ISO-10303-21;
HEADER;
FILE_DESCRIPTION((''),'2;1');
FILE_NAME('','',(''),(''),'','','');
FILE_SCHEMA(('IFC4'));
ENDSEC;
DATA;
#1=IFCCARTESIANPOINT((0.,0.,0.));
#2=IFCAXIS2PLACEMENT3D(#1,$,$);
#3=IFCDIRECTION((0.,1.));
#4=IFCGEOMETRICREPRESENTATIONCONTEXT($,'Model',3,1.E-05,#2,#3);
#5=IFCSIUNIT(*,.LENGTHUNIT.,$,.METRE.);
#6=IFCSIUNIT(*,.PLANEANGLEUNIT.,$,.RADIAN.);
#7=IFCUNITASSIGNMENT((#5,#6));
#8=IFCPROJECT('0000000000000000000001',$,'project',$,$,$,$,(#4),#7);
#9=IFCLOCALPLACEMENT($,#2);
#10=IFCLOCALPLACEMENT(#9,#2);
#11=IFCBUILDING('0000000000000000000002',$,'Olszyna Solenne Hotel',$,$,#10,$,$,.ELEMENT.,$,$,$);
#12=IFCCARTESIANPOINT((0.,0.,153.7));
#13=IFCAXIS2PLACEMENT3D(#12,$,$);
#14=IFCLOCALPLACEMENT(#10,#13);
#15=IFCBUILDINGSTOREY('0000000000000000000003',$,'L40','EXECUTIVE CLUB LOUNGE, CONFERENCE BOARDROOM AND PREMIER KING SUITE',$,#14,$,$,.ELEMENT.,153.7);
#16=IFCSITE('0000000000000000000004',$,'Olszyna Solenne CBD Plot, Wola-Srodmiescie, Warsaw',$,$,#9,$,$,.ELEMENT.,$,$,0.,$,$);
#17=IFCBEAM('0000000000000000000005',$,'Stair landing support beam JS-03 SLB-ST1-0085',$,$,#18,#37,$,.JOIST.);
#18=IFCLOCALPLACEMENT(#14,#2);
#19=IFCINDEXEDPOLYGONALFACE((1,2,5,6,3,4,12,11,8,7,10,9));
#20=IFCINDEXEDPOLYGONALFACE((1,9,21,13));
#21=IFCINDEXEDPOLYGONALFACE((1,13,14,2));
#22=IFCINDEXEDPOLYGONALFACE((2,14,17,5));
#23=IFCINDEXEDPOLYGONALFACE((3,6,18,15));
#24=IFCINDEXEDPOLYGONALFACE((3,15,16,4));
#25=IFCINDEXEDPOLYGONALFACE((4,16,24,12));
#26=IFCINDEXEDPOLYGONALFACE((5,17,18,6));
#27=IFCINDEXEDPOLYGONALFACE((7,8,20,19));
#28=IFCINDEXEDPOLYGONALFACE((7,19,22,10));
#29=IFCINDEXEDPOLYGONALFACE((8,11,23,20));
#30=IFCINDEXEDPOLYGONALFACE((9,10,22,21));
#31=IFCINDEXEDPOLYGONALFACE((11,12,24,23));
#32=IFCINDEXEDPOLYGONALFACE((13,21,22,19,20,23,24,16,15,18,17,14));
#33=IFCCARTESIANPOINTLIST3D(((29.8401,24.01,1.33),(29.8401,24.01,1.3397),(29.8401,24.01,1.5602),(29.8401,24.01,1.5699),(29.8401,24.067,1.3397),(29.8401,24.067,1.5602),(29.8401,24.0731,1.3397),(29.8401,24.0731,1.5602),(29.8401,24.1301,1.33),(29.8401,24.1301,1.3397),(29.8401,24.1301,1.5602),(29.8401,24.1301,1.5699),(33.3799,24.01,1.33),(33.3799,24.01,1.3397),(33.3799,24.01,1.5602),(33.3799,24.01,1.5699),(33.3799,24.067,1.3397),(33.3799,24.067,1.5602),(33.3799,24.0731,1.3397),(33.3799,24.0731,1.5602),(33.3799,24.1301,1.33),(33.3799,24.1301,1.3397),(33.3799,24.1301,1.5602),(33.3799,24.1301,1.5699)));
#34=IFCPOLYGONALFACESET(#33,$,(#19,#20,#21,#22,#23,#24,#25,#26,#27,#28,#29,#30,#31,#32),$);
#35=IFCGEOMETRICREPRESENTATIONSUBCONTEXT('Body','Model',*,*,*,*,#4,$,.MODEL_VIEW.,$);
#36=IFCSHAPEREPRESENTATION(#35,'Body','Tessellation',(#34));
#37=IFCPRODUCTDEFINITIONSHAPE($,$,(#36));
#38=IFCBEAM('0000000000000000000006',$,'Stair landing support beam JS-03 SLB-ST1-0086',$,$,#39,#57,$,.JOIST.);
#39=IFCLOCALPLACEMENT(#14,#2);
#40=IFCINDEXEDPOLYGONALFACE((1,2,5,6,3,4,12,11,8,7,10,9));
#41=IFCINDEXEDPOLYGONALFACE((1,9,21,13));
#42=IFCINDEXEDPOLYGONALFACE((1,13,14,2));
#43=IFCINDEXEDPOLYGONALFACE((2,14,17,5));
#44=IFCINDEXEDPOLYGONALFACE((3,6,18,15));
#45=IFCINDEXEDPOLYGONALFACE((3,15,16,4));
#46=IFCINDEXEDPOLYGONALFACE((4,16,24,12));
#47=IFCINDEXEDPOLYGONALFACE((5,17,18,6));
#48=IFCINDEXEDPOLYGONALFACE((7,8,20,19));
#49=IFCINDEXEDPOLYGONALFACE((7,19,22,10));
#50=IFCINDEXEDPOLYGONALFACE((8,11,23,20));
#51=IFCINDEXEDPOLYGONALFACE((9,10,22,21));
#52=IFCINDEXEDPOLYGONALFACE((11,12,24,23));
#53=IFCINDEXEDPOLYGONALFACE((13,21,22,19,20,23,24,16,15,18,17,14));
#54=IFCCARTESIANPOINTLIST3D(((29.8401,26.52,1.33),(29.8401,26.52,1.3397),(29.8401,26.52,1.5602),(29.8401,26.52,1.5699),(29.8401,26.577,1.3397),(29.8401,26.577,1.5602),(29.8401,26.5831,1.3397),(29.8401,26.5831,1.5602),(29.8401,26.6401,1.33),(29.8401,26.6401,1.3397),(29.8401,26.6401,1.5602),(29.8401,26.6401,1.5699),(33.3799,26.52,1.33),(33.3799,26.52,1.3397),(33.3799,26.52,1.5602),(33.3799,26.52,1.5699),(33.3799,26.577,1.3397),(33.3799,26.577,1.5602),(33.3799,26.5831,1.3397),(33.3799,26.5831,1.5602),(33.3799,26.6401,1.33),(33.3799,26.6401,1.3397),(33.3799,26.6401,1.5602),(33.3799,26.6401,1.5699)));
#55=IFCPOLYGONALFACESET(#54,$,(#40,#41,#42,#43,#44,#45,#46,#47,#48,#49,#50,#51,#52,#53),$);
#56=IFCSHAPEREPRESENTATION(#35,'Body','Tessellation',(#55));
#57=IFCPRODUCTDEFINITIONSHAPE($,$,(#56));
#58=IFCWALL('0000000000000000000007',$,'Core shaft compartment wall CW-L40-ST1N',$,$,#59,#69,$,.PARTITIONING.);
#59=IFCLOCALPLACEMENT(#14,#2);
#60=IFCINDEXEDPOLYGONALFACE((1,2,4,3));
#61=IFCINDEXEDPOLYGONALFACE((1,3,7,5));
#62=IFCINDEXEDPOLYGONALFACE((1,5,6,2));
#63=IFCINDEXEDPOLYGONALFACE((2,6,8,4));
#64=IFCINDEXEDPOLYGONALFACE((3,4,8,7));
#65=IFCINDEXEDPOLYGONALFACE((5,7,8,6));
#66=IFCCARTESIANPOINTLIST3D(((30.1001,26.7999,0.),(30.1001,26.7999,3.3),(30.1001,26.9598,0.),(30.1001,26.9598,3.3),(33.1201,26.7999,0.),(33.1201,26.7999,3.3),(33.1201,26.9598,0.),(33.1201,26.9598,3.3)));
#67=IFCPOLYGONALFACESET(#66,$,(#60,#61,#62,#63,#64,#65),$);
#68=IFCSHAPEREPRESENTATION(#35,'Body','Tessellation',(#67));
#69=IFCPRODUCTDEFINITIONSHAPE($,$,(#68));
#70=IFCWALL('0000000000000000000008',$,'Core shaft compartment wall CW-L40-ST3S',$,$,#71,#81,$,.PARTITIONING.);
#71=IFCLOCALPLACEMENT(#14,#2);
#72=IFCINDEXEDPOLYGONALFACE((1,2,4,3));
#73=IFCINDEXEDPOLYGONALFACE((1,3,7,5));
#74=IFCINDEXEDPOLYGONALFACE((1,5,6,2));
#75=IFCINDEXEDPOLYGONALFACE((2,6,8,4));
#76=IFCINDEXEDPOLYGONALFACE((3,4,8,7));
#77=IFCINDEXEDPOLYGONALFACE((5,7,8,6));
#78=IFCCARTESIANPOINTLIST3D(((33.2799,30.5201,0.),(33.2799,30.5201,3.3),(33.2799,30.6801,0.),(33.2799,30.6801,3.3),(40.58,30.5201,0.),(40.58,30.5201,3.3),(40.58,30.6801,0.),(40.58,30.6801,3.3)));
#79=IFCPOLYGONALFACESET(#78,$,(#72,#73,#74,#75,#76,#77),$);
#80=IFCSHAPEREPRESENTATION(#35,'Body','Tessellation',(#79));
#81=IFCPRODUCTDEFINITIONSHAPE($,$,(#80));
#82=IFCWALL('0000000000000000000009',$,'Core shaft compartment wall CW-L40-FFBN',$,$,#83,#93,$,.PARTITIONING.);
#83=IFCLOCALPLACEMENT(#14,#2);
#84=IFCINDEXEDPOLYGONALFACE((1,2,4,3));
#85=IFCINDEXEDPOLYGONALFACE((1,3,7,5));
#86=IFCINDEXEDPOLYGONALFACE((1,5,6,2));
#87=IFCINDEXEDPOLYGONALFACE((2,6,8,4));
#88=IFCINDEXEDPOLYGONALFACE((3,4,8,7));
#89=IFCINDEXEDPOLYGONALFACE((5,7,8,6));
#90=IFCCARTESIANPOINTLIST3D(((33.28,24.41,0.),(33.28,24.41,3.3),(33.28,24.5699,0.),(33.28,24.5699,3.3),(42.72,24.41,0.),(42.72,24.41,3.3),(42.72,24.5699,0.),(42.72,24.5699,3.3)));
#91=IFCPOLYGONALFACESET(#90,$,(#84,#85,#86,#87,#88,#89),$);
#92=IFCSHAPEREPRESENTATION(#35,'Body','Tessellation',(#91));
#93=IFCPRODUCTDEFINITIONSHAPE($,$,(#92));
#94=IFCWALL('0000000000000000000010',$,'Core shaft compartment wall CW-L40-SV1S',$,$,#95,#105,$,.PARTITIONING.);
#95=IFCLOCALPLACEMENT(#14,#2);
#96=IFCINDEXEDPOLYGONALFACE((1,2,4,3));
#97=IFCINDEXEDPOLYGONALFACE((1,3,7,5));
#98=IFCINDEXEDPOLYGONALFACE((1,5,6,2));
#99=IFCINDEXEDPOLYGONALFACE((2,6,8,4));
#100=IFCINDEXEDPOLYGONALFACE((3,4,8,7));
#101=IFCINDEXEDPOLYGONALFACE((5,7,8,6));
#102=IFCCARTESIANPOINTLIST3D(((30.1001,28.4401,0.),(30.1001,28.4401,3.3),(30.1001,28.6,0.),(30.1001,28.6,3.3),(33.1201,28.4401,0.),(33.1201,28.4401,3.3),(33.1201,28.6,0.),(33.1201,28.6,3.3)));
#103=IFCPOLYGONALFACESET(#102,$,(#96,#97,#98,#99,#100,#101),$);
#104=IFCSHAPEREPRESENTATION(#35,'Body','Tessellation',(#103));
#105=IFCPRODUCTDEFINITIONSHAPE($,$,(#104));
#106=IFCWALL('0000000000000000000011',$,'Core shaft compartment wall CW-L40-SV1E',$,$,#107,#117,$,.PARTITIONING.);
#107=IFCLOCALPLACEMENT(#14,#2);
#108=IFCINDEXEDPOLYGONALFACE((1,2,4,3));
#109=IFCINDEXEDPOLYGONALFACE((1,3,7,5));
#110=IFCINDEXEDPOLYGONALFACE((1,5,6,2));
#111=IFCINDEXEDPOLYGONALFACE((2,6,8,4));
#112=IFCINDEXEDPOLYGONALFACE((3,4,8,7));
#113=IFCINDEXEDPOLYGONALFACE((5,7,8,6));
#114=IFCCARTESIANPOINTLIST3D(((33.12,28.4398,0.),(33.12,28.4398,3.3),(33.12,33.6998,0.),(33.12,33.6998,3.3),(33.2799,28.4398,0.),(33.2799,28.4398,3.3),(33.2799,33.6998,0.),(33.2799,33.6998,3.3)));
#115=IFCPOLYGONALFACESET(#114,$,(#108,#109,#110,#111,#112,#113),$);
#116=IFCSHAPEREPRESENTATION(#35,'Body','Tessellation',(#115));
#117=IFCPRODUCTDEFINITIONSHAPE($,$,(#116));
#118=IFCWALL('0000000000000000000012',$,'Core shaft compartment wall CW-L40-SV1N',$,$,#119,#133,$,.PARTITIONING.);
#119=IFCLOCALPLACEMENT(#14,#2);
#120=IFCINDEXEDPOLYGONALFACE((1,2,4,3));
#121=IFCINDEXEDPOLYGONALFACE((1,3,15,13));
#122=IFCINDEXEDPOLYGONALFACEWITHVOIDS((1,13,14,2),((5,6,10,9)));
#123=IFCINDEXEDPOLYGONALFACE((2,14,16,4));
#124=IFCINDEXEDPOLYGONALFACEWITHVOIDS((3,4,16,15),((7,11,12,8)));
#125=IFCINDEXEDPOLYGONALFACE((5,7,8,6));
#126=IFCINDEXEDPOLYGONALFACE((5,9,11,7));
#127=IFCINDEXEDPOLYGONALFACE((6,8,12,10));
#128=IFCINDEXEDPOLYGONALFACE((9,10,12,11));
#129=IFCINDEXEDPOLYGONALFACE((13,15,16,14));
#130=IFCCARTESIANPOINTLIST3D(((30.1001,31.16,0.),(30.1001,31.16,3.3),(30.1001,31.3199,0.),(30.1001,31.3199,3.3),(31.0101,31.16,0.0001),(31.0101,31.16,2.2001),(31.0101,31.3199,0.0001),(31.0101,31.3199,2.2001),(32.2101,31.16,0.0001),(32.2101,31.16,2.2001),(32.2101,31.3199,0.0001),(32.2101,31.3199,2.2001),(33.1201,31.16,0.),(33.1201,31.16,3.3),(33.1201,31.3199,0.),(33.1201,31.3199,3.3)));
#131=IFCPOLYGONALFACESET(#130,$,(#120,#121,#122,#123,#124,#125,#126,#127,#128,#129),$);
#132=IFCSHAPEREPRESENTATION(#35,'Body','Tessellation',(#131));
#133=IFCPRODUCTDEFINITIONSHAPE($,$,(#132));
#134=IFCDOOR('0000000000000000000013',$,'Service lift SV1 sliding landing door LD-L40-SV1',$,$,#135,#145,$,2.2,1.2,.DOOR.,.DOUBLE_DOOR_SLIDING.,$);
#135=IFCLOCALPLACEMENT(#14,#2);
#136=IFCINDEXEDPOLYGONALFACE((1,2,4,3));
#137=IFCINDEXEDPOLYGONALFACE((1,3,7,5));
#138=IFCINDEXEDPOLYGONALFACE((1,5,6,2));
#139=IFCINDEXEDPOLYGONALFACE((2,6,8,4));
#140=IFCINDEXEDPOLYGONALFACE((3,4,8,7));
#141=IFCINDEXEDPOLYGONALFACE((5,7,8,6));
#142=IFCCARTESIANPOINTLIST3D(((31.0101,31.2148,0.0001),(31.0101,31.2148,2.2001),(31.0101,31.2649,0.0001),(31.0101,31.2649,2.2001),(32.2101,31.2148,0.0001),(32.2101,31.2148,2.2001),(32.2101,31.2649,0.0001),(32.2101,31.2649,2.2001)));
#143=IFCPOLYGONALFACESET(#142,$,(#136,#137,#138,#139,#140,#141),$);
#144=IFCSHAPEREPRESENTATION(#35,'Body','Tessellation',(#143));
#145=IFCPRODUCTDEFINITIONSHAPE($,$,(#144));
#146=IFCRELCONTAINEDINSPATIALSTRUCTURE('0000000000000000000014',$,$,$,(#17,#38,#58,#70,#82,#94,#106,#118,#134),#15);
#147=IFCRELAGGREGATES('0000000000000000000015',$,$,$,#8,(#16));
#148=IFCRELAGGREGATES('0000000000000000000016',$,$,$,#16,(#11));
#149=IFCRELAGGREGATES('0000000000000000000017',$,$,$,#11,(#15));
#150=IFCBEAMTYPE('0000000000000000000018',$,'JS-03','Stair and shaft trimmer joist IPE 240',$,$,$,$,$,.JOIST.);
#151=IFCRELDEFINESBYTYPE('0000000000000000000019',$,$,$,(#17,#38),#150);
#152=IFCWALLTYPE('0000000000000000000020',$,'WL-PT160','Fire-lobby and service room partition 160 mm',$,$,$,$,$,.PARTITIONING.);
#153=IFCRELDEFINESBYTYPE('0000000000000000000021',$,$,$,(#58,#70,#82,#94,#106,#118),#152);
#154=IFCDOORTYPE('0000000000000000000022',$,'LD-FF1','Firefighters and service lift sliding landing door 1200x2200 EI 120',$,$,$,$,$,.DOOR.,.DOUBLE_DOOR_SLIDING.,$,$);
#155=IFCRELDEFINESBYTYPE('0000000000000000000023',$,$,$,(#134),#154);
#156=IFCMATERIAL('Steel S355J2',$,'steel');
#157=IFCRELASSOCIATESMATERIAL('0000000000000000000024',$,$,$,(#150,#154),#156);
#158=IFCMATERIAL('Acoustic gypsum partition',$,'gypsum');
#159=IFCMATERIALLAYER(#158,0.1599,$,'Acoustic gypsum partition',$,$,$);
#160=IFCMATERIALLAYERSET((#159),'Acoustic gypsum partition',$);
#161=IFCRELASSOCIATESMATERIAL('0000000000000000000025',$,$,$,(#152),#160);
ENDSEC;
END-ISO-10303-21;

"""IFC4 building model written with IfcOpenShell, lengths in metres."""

from ifc_helpers import new_model, si_unit, direction, frame, frame_2d, origin, origin_2d, place, context, subcontext, project, spatial, rectangle, i_section, extrude, source, transform, mapped, material, layer, layer_set, material_profile, profile_set, type_object, type_shapes, element, fill, save


model = new_model("IFC4")

# Units and contexts
model_context = context("Model", 3, precision=1e-05, world=origin(), true_north=direction((0.0, 1.0)))
body_context = subcontext(model_context, "Body", "Model", "MODEL_VIEW")
ifc_project = project(units=[si_unit("LENGTHUNIT", "METRE"), si_unit("PLANEANGLEUNIT", "RADIAN")], contexts=[model_context])

# Site, building, storey
site_placement = place(None, origin())
site = spatial("IfcSite", under=ifc_project, at=site_placement, Name="Olszyna Solenne CBD Plot, Wola-Srodmiescie, Warsaw", CompositionType="ELEMENT", RefElevation=0.0)
building_placement = place(site_placement, origin())
building = spatial("IfcBuilding", under=site, at=building_placement, Name="Olszyna Solenne Hotel", CompositionType="ELEMENT")
storey_placement = place(building_placement, frame((0.0, 0.0, 153.7)))
storey = spatial("IfcBuildingStorey", under=building, at=storey_placement, Name="L40", Description="EXECUTIVE CLUB LOUNGE, CONFERENCE BOARDROOM AND PREMIER KING SUITE", CompositionType="ELEMENT", Elevation=153.7)

# Beams
ifc_material_1 = material(Name="Steel S355J2", Category="steel")
ifc_material_profile = material_profile(ifc_material_1, i_section(OverallWidth=0.1201, OverallDepth=0.24, WebThickness=0.0061, FlangeThickness=0.0098, at=origin_2d()), Name="IPE 240", Category="load-bearing")
ifc_profile_set = profile_set([ifc_material_profile], Name="Steel S355J2")
beam_type = type_object("IfcBeamType", Name="JS-03", Description="Stair and shaft trimmer joist IPE 240", PredefinedType="JOIST", material=ifc_profile_set)
shared_shape_1 = source(origin(), body_context, "Body", "SweptSolid", [
    extrude(i_section(OverallWidth=0.1201, OverallDepth=0.24, WebThickness=0.0061, FlangeThickness=0.0098, at=origin_2d()), origin(), (0.0, 0.0, 1.0), 3.5398),
])
for number, where, z_axis, x_axis, name in (
    (1, (33.3799, 24.0701, 1.45), (-1.0, 0.0, 0.0), (0.0, -1.0, 0.0), "Stair landing support beam JS-03 SLB-ST1-0085"),
    (2, (33.3799, 26.5801, 1.45), (-1.0, 0.0, 0.0), (0.0, -1.0, 0.0), "Stair landing support beam JS-03 SLB-ST1-0086"),
):
    element("IfcBeam", number, at=place(storey_placement, frame(where, z_axis=z_axis, x_axis=x_axis)), inside=storey, type_object=beam_type, Name=name, PredefinedType="JOIST", context=body_context, shape_type="MappedRepresentation", body=[
        mapped(shared_shape_1, transform((0.0, 0.0, 0.0), x_axis=(1.0, 0.0, 0.0), y_axis=(0.0, 1.0, 0.0), z_axis=(0.0, 0.0, 1.0), scale=1.0)),
    ])

# Walls
ifc_material_2 = material(Name="Acoustic gypsum partition", Category="gypsum")
ifc_layer = layer(ifc_material_2, 0.1599, Name="Acoustic gypsum partition")
ifc_layer_set = layer_set([ifc_layer], Name="Acoustic gypsum partition")
wall_type = type_object("IfcWallType", Name="WL-PT160", Description="Fire-lobby and service room partition 160 mm", PredefinedType="PARTITIONING", material=ifc_layer_set)
wall_1_placement = place(storey_placement, frame((30.1001, 26.8799, 0.0), z_axis=(0.0, 0.0, 1.0), x_axis=(1.0, 0.0, 0.0)))
element("IfcWall", 3, at=wall_1_placement, inside=storey, type_object=wall_type, Name="Core shaft compartment wall CW-L40-ST1N", PredefinedType="PARTITIONING", context=body_context, shape_type="SweptSolid", body=[
    extrude(rectangle(XDim=3.02, YDim=0.1599, at=frame_2d((1.51, 0.0))), origin(), (0.0, 0.0, 1.0), 3.3),
])
wall_2_placement = place(storey_placement, frame((33.28, 30.6001, 0.0), z_axis=(0.0, 0.0, 1.0), x_axis=(1.0, 0.0, 0.0)))
element("IfcWall", 4, at=wall_2_placement, inside=storey, type_object=wall_type, Name="Core shaft compartment wall CW-L40-ST3S", PredefinedType="PARTITIONING", context=body_context, shape_type="SweptSolid", body=[
    extrude(rectangle(XDim=7.3, YDim=0.1599, at=frame_2d((3.6499, 0.0))), origin(), (0.0, 0.0, 1.0), 3.3),
])
wall_3_placement = place(storey_placement, frame((33.28, 24.49, 0.0), z_axis=(0.0, 0.0, 1.0), x_axis=(1.0, 0.0, 0.0)))
element("IfcWall", 5, at=wall_3_placement, inside=storey, type_object=wall_type, Name="Core shaft compartment wall CW-L40-FFBN", PredefinedType="PARTITIONING", context=body_context, shape_type="SweptSolid", body=[
    extrude(rectangle(XDim=9.4399, YDim=0.1599, at=frame_2d((4.72, 0.0))), origin(), (0.0, 0.0, 1.0), 3.3),
])
wall_4_placement = place(storey_placement, frame((30.1001, 28.52, 0.0), z_axis=(0.0, 0.0, 1.0), x_axis=(1.0, 0.0, 0.0)))
element("IfcWall", 6, at=wall_4_placement, inside=storey, type_object=wall_type, Name="Core shaft compartment wall CW-L40-SV1S", PredefinedType="PARTITIONING", context=body_context, shape_type="SweptSolid", body=[
    extrude(rectangle(XDim=3.02, YDim=0.1599, at=frame_2d((1.51, 0.0))), origin(), (0.0, 0.0, 1.0), 3.3),
])
wall_5_placement = place(storey_placement, frame((33.2, 28.4399, 0.0), z_axis=(0.0, 0.0, 1.0), x_axis=(0.0, 1.0, 0.0)))
element("IfcWall", 7, at=wall_5_placement, inside=storey, type_object=wall_type, Name="Core shaft compartment wall CW-L40-SV1E", PredefinedType="PARTITIONING", context=body_context, shape_type="SweptSolid", body=[
    extrude(rectangle(XDim=5.26, YDim=0.1599, at=frame_2d((2.6299, 0.0))), origin(), (0.0, 0.0, 1.0), 3.3),
])

# Wall, opening, door
wall_6_placement = place(storey_placement, frame((30.1001, 31.24, 0.0), z_axis=(0.0, 0.0, 1.0), x_axis=(1.0, 0.0, 0.0)))
wall_6 = element("IfcWall", 8, at=wall_6_placement, inside=storey, type_object=wall_type, Name="Core shaft compartment wall CW-L40-SV1N", PredefinedType="PARTITIONING", context=body_context, shape_type="SweptSolid", body=[
    extrude(rectangle(XDim=3.02, YDim=0.1599, at=frame_2d((1.51, 0.0))), origin(), (0.0, 0.0, 1.0), 3.3),
])
opening_1_placement = place(wall_6_placement, frame((0.9099, 0.0, 0.0)))
opening_1 = element("IfcOpeningElement", 9, at=opening_1_placement, cuts=wall_6, PredefinedType="OPENING", context=body_context, shape_type="SweptSolid", body=[
    extrude(rectangle(XDim=1.2, YDim=2.2, at=frame_2d((0.6001, 1.1001))), frame((0.0, 0.0898, 0.0), z_axis=(0.0, -1.0, 0.0), x_axis=(1.0, 0.0, 0.0)), (0.0, 0.0, 1.0), 0.1799),
])
door_type_1 = type_object("IfcDoorType", Name="LD-FF1", Description="Firefighters and service lift sliding landing door 1200x2200 EI 120", OperationType="DOUBLE_DOOR_SLIDING", PredefinedType="DOOR", material=ifc_material_1)
shared_shape_2 = source(origin(), body_context, "Body", "SweptSolid", [
    extrude(rectangle(XDim=1.2, YDim=2.2, at=frame_2d((0.6001, 1.1001))), frame((0.0, 0.0249, 0.0), z_axis=(0.0, -1.0, 0.0), x_axis=(1.0, 0.0, 0.0)), (0.0, 0.0, 1.0), 0.05),
])
type_shapes(door_type_1, [shared_shape_2])
door_1_placement = place(opening_1_placement, origin())
door_1 = element("IfcDoor", 10, at=door_1_placement, inside=storey, type_object=door_type_1, Name="Service lift SV1 sliding landing door LD-L40-SV1", OperationType="DOUBLE_DOOR_SLIDING", OverallHeight=2.2, OverallWidth=1.2, PredefinedType="DOOR", context=body_context, shape_type="MappedRepresentation", body=[
    mapped(shared_shape_2, transform((0.0, 0.0, 0.0), x_axis=(1.0, 0.0, 0.0), y_axis=(0.0, 1.0, 0.0), z_axis=(0.0, 0.0, 1.0), scale=1.0)),
])
fill(opening_1, door_1)

save(model, "model.ifc")
